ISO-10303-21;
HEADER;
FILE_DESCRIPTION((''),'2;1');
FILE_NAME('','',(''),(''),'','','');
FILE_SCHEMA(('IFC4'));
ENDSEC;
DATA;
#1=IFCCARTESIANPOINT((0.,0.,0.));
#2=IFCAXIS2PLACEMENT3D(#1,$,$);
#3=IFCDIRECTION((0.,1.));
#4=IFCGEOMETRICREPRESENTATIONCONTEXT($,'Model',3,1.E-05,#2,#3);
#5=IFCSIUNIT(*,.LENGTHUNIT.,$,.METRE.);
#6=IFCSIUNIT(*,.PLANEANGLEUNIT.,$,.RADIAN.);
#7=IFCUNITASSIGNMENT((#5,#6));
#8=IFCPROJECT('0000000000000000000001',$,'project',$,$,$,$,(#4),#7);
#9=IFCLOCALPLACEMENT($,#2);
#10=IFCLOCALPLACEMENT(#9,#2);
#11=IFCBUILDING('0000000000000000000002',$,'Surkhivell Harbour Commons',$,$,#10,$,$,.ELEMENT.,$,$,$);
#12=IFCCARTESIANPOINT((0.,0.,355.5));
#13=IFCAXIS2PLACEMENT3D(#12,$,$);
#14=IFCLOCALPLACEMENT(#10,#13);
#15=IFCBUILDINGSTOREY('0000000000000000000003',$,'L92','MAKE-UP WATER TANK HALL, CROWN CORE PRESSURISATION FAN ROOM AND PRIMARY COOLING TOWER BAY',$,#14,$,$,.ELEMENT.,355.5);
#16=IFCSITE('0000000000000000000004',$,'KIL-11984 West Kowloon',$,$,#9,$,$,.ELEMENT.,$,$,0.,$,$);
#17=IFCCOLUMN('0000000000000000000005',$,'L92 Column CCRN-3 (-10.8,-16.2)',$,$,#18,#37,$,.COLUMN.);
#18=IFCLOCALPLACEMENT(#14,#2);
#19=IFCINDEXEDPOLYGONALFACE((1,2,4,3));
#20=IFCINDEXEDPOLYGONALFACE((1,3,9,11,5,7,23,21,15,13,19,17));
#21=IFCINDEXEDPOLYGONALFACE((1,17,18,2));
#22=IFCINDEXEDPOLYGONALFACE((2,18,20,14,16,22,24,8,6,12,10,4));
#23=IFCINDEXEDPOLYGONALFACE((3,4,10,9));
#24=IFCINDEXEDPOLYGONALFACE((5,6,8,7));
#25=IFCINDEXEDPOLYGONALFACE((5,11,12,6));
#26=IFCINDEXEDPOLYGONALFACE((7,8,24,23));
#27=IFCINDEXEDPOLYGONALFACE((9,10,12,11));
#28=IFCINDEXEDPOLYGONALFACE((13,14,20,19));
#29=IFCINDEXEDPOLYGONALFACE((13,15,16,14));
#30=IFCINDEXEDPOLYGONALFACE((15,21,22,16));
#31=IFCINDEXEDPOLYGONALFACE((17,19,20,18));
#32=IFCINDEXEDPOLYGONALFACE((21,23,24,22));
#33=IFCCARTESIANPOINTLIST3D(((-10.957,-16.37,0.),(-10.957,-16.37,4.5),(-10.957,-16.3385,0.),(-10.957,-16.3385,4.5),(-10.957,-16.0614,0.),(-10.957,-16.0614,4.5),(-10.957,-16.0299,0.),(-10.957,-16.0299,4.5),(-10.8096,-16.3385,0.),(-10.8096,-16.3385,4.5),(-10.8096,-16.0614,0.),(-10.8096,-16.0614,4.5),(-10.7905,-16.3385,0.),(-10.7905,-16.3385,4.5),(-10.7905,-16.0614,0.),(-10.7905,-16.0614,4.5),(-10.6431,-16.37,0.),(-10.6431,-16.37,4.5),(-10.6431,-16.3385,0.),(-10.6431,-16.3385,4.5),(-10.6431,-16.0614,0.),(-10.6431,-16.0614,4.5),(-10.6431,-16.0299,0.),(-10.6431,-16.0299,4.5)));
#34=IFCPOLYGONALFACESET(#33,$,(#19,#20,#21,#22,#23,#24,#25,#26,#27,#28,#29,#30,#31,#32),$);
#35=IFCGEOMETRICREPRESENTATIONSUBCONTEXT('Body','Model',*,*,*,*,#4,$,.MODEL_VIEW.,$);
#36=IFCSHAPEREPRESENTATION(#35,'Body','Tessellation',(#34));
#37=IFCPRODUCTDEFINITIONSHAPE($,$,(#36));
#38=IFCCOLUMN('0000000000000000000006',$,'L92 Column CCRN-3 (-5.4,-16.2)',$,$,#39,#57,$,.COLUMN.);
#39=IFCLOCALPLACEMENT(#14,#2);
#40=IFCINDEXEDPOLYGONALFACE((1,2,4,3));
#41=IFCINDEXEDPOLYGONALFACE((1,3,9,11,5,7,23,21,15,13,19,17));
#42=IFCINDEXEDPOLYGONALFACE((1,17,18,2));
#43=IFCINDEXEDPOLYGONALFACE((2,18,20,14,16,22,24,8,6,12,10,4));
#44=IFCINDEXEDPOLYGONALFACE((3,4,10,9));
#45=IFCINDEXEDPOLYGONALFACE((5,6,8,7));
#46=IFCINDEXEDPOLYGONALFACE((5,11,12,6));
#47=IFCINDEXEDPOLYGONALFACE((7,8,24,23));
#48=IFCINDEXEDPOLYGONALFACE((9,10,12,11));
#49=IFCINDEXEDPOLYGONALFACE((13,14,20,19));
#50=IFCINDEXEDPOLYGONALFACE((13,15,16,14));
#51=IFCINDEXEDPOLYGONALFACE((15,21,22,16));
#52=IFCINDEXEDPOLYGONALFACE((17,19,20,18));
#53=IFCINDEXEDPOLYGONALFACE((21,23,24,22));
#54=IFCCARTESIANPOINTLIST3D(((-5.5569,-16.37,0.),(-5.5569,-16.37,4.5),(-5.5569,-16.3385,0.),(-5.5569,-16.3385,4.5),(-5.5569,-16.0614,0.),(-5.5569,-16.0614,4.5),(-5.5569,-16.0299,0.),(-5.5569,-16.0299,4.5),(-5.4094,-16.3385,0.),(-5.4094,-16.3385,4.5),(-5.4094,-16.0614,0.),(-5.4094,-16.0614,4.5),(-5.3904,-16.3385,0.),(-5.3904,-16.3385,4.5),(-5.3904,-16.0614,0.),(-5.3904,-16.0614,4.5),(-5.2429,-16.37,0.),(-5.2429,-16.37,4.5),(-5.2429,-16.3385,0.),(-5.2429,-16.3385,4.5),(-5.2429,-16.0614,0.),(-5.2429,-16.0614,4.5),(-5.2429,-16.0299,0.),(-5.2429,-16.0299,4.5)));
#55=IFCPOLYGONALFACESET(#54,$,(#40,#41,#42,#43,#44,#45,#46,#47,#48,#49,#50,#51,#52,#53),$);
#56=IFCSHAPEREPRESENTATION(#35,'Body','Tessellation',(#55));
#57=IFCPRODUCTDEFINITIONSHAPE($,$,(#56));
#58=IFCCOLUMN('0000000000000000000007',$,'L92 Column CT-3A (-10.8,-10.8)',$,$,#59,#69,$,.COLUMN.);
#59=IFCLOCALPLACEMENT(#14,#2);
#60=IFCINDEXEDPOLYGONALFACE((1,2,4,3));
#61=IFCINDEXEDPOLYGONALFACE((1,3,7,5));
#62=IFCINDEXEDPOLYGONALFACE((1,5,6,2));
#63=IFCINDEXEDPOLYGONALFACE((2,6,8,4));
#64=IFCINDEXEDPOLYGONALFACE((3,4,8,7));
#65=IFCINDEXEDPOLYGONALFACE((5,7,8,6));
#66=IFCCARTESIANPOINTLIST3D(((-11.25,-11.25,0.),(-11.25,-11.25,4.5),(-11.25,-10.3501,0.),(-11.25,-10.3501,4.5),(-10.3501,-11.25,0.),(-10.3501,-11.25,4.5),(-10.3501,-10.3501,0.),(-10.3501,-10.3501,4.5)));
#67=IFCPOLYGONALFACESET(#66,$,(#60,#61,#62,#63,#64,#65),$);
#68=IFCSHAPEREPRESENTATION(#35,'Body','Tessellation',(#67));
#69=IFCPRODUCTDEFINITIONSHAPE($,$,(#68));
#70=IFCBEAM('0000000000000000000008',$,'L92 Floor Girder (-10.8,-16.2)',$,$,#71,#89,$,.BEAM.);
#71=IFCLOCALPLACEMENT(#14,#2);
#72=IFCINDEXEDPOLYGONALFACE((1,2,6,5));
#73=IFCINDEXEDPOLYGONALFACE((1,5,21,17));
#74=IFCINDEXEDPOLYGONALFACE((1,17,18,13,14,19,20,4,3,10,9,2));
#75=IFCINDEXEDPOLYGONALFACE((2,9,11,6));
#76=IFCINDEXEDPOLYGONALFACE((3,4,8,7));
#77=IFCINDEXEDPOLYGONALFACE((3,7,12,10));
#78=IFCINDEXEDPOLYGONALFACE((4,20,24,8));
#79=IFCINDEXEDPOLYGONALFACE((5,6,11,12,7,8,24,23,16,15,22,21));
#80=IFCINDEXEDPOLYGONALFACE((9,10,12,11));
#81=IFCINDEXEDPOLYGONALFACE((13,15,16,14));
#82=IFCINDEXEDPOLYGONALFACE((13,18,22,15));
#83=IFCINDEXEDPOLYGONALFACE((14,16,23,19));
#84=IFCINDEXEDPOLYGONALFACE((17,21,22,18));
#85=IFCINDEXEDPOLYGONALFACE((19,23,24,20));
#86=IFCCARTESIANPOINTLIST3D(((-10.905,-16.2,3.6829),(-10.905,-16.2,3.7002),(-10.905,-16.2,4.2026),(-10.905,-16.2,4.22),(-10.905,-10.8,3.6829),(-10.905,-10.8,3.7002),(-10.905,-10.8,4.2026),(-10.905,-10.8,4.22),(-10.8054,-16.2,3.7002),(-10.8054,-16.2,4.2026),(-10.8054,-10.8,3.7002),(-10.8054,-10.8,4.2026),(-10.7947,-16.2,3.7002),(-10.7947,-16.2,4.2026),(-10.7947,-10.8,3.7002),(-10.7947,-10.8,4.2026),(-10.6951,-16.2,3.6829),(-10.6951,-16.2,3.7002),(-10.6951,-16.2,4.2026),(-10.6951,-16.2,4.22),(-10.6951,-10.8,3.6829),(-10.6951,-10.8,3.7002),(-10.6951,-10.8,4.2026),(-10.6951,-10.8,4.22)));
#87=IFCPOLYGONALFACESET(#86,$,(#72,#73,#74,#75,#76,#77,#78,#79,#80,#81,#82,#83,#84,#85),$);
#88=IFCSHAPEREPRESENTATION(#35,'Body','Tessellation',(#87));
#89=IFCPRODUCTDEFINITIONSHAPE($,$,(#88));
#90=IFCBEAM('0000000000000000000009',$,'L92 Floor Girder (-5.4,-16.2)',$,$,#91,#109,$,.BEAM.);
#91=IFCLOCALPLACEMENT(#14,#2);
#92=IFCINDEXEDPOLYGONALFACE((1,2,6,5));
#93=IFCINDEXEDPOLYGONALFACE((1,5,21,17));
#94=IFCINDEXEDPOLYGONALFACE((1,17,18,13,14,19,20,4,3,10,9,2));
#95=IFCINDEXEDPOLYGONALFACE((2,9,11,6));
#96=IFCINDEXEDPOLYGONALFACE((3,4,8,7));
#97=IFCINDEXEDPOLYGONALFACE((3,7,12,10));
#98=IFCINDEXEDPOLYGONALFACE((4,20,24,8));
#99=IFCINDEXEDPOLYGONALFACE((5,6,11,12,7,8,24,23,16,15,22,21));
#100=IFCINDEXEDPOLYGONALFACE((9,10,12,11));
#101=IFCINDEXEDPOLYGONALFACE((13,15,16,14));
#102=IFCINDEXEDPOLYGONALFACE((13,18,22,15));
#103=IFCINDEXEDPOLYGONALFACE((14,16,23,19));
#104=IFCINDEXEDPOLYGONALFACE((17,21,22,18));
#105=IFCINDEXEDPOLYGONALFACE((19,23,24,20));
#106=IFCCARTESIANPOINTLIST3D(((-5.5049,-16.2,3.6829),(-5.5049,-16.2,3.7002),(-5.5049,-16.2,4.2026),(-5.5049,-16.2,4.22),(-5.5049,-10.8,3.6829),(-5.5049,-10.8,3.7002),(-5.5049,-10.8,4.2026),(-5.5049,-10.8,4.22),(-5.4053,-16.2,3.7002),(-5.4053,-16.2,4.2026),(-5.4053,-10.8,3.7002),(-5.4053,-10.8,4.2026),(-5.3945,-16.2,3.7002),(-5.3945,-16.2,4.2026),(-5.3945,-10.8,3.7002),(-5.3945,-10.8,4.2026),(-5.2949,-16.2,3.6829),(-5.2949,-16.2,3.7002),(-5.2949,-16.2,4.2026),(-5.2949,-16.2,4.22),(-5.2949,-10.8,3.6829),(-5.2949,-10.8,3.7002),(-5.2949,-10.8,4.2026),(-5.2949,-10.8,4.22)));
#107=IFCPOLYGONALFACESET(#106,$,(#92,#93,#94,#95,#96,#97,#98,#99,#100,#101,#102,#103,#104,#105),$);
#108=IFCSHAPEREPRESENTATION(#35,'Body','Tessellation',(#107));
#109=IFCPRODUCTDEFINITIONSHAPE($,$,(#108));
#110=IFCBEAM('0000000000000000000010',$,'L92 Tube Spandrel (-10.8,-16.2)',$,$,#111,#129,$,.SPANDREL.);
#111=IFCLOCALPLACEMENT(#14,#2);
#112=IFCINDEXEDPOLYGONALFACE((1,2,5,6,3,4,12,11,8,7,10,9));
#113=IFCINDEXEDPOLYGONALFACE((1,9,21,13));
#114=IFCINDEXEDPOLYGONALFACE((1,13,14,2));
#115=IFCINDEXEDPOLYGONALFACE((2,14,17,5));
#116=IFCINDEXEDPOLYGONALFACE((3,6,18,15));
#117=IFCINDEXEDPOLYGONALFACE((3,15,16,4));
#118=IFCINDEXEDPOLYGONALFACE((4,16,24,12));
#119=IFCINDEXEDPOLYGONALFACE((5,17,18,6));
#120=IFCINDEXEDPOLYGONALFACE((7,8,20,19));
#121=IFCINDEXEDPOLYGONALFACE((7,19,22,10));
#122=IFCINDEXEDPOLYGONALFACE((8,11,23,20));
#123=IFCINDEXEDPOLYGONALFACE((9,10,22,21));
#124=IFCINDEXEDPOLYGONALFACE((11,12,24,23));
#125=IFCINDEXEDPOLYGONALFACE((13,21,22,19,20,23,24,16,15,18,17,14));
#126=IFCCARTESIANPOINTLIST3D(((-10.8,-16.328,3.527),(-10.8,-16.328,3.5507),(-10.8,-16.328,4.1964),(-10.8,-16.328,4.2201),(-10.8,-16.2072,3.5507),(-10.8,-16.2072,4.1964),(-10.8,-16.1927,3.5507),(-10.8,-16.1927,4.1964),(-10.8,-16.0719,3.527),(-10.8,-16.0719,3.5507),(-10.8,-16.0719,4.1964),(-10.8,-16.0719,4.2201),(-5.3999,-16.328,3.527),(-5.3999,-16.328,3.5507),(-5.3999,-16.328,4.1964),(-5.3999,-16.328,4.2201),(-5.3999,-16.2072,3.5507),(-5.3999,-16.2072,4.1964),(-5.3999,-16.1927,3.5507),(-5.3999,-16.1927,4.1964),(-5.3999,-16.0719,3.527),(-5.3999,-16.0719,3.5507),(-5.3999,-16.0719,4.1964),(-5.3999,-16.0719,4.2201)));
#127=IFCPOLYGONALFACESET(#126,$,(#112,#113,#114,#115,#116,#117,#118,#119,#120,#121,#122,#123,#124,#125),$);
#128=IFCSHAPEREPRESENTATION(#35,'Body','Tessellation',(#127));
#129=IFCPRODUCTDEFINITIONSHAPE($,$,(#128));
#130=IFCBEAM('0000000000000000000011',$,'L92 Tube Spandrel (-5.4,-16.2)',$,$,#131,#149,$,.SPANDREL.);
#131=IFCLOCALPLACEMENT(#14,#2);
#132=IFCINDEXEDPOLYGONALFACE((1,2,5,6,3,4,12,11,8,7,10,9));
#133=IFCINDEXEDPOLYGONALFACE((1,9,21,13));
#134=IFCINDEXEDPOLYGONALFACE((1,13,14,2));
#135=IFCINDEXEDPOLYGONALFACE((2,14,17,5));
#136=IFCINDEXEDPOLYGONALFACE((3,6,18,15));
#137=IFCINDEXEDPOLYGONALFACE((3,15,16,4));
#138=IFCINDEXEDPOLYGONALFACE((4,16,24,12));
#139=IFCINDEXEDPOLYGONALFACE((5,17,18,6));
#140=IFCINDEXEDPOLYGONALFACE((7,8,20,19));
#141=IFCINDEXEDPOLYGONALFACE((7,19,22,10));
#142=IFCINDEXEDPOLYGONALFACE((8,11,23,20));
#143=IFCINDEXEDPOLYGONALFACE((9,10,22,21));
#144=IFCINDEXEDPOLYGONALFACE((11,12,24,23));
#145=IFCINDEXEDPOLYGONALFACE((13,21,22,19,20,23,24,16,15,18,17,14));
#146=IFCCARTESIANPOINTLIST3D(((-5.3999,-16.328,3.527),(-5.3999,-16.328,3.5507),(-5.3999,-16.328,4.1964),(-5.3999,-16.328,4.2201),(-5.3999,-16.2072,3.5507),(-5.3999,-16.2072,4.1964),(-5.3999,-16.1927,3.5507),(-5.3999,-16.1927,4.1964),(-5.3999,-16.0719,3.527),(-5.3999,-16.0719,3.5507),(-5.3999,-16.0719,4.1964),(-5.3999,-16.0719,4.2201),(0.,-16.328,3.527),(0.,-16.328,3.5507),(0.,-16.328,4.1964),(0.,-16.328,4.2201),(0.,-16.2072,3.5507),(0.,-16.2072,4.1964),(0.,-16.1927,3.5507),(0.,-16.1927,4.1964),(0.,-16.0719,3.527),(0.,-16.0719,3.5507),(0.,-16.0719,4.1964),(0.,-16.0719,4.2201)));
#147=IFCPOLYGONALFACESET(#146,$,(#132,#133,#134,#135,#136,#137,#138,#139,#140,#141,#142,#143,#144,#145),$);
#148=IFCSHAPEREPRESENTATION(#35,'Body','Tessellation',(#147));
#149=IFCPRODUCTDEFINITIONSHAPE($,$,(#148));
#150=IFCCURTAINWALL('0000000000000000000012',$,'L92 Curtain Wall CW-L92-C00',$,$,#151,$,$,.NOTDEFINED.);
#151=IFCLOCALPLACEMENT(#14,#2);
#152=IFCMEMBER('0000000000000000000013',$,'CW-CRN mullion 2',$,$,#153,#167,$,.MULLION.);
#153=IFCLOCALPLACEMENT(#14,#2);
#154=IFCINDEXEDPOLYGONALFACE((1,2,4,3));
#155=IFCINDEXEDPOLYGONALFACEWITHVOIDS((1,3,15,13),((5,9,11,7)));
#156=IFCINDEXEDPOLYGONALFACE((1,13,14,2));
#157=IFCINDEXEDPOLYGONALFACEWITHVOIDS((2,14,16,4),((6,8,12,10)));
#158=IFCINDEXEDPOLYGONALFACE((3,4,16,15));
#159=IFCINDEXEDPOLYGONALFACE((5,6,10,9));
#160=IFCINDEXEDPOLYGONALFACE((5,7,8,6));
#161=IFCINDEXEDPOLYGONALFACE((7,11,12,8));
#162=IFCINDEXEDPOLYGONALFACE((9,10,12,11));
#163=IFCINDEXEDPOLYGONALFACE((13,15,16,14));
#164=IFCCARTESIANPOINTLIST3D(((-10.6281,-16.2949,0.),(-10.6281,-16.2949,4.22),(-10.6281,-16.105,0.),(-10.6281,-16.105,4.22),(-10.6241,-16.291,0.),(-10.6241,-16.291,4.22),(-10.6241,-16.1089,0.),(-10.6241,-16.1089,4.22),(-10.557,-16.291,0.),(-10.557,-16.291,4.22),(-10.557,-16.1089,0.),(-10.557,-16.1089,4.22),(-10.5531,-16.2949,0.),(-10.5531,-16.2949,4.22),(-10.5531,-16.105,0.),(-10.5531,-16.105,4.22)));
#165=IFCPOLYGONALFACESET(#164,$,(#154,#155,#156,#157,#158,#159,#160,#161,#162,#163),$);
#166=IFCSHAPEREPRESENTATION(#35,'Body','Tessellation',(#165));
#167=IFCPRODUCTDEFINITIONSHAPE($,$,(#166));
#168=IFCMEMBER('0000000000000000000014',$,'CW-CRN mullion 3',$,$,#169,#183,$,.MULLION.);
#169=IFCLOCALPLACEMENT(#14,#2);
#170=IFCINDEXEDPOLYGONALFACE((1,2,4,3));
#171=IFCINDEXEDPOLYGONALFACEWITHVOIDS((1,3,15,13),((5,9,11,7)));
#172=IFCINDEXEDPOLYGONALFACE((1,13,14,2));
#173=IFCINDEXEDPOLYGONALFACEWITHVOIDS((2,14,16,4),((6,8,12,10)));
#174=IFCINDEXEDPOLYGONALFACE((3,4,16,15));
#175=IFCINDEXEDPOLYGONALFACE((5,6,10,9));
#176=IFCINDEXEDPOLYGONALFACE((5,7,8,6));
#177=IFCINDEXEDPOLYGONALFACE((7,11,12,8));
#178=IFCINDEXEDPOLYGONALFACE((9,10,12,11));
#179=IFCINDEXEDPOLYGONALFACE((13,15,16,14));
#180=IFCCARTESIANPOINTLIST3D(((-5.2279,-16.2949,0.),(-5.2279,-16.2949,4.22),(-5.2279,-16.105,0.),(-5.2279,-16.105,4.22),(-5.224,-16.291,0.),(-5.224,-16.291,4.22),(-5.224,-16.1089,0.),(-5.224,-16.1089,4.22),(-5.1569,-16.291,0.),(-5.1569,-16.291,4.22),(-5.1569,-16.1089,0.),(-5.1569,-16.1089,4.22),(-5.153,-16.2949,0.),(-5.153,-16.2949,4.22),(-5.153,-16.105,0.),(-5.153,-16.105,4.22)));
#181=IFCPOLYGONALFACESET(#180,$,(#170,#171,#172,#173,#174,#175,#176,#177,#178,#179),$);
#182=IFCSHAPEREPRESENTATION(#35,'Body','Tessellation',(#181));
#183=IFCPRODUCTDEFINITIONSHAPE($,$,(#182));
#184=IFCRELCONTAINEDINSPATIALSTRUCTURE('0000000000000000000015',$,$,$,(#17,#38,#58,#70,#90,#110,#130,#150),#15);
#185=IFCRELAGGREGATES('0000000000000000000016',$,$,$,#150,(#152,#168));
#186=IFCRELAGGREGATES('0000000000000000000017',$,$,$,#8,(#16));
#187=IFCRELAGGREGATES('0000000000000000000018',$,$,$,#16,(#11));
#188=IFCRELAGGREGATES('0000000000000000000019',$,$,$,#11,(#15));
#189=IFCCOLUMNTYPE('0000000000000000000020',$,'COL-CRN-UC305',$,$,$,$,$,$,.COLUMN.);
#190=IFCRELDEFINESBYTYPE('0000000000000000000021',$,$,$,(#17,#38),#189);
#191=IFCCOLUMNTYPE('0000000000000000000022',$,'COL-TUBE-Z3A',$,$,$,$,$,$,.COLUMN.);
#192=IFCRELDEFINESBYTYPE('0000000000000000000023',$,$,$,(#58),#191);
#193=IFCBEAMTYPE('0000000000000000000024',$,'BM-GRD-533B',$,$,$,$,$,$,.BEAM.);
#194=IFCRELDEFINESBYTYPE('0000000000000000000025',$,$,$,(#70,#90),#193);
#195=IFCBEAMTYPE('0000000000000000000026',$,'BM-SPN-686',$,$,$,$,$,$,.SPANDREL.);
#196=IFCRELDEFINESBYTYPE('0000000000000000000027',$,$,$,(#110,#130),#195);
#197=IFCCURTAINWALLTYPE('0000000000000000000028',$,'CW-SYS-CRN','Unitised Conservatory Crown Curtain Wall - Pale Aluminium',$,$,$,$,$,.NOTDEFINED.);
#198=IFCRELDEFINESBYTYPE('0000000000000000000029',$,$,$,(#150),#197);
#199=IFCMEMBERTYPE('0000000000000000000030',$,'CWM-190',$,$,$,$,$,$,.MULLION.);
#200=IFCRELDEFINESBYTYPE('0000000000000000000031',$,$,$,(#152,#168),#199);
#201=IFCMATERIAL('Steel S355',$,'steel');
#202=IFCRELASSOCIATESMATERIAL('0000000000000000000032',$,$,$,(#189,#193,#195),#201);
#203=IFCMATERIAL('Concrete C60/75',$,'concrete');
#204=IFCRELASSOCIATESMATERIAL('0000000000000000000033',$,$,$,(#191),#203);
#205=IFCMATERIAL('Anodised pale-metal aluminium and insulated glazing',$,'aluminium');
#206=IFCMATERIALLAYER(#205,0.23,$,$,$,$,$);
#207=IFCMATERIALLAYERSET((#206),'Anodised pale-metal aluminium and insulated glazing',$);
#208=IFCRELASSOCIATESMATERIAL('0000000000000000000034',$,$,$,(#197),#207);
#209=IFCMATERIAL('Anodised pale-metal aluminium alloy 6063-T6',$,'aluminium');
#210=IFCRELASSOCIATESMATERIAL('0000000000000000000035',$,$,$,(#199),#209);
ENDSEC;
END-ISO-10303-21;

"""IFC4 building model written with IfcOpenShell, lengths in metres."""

from ifc_helpers import new_model, si_unit, direction, frame, origin, origin_2d, place, context, subcontext, project, spatial, rectangle, hollow_rectangle, i_section, extrude, material, layer, layer_set, material_profile, profile_set, type_object, element, aggregate, save


model = new_model("IFC4")

# Units and contexts
model_context = context("Model", 3, precision=1e-05, world=origin(), true_north=direction((0.0, 1.0)))
body_context = subcontext(model_context, "Body", "Model", "MODEL_VIEW")
ifc_project = project(units=[si_unit("LENGTHUNIT", "METRE"), si_unit("PLANEANGLEUNIT", "RADIAN")], contexts=[model_context])

# Site, building, storey
site_placement = place(None, origin())
site = spatial("IfcSite", under=ifc_project, at=site_placement, Name="KIL-11984 West Kowloon", CompositionType="ELEMENT", RefElevation=0.0)
building_placement = place(site_placement, origin())
building = spatial("IfcBuilding", under=site, at=building_placement, Name="Surkhivell Harbour Commons", CompositionType="ELEMENT")
storey_placement = place(building_placement, frame((0.0, 0.0, 355.5)))
storey = spatial("IfcBuildingStorey", under=building, at=storey_placement, Name="L92", Description="MAKE-UP WATER TANK HALL, CROWN CORE PRESSURISATION FAN ROOM AND PRIMARY COOLING TOWER BAY", CompositionType="ELEMENT", Elevation=355.5)

# Columns
ifc_material_1 = material(Name="Steel S355", Category="steel")
ifc_material_profile_1 = material_profile(ifc_material_1, i_section(OverallWidth=0.314, OverallDepth=0.3401, WebThickness=0.019, FlangeThickness=0.0315, at=origin_2d()), Name="UC305x305x198")
ifc_profile_set_1 = profile_set([ifc_material_profile_1], Name="Steel S355")
column_type_1 = type_object("IfcColumnType", Name="COL-CRN-UC305", PredefinedType="COLUMN", material=ifc_profile_set_1)
for number, where, z_axis, x_axis, name in (
    (1, (-10.8, -16.2, 0.0), (0.0, 0.0, 1.0), (1.0, 0.0, 0.0), "L92 Column CCRN-3 (-10.8,-16.2)"),
    (2, (-5.3999, -16.2, 0.0), (0.0, 0.0, 1.0), (1.0, 0.0, 0.0), "L92 Column CCRN-3 (-5.4,-16.2)"),
):
    element("IfcColumn", number, at=place(storey_placement, frame(where, z_axis=z_axis, x_axis=x_axis)), inside=storey, type_object=column_type_1, Name=name, PredefinedType="COLUMN", context=body_context, shape_type="SweptSolid", body=[
        extrude(i_section(OverallWidth=0.314, OverallDepth=0.3401, WebThickness=0.019, FlangeThickness=0.0315, at=origin_2d()), origin(), (0.0, 0.0, 1.0), 4.5),
    ])
ifc_material_2 = material(Name="Concrete C60/75", Category="concrete")
ifc_material_profile_2 = material_profile(ifc_material_2, rectangle(XDim=0.8999, YDim=0.8999, at=origin_2d()), Name="RC-COL-900x900")
ifc_profile_set_2 = profile_set([ifc_material_profile_2], Name="Concrete C60/75")
column_type_2 = type_object("IfcColumnType", Name="COL-TUBE-Z3A", PredefinedType="COLUMN", material=ifc_profile_set_2)
column_placement = place(storey_placement, frame((-10.8, -10.8, 0.0), z_axis=(0.0, 0.0, 1.0), x_axis=(1.0, 0.0, 0.0)))
element("IfcColumn", 3, at=column_placement, inside=storey, type_object=column_type_2, Name="L92 Column CT-3A (-10.8,-10.8)", PredefinedType="COLUMN", context=body_context, shape_type="SweptSolid", body=[
    extrude(rectangle(XDim=0.8999, YDim=0.8999, at=origin_2d()), origin(), (0.0, 0.0, 1.0), 4.5),
])

# Beams
ifc_material_profile_3 = material_profile(ifc_material_1, i_section(OverallWidth=0.21, OverallDepth=0.5371, WebThickness=0.0107, FlangeThickness=0.0173, at=origin_2d()), Name="UB533x210x101")
ifc_profile_set_3 = profile_set([ifc_material_profile_3], Name="Steel S355")
beam_type_1 = type_object("IfcBeamType", Name="BM-GRD-533B", PredefinedType="BEAM", material=ifc_profile_set_3)
for number, where, z_axis, x_axis, name in (
    (4, (-10.8, -16.2, 3.9514), (0.0, 1.0, 0.0), (-1.0, 0.0, 0.0), "L92 Floor Girder (-10.8,-16.2)"),
    (5, (-5.3999, -16.2, 3.9514), (0.0, 1.0, 0.0), (-1.0, 0.0, 0.0), "L92 Floor Girder (-5.4,-16.2)"),
):
    element("IfcBeam", number, at=place(storey_placement, frame(where, z_axis=z_axis, x_axis=x_axis)), inside=storey, type_object=beam_type_1, Name=name, PredefinedType="BEAM", context=body_context, shape_type="SweptSolid", body=[
        extrude(i_section(OverallWidth=0.21, OverallDepth=0.5371, WebThickness=0.0107, FlangeThickness=0.0173, at=origin_2d()), origin(), (0.0, 0.0, 1.0), 5.3999),
    ])
ifc_material_profile_4 = material_profile(ifc_material_1, i_section(OverallWidth=0.2561, OverallDepth=0.6931, WebThickness=0.0144, FlangeThickness=0.0237, at=origin_2d()), Name="UB686x254x170")
ifc_profile_set_4 = profile_set([ifc_material_profile_4], Name="Steel S355")
beam_type_2 = type_object("IfcBeamType", Name="BM-SPN-686", PredefinedType="SPANDREL", material=ifc_profile_set_4)
beam_1_placement = place(storey_placement, frame((-10.8, -16.2, 3.8735), z_axis=(1.0, 0.0, 0.0), x_axis=(0.0, 1.0, 0.0)))
element("IfcBeam", 6, at=beam_1_placement, inside=storey, type_object=beam_type_2, Name="L92 Tube Spandrel (-10.8,-16.2)", PredefinedType="SPANDREL", context=body_context, shape_type="SweptSolid", body=[
    extrude(i_section(OverallWidth=0.2561, OverallDepth=0.6931, WebThickness=0.0144, FlangeThickness=0.0237, at=origin_2d()), origin(), (0.0, 0.0, 1.0), 5.4001),
])
beam_2_placement = place(storey_placement, frame((-5.3999, -16.2, 3.8735), z_axis=(1.0, 0.0, 0.0), x_axis=(0.0, 1.0, 0.0)))
element("IfcBeam", 7, at=beam_2_placement, inside=storey, type_object=beam_type_2, Name="L92 Tube Spandrel (-5.4,-16.2)", PredefinedType="SPANDREL", context=body_context, shape_type="SweptSolid", body=[
    extrude(i_section(OverallWidth=0.2561, OverallDepth=0.6931, WebThickness=0.0144, FlangeThickness=0.0237, at=origin_2d()), origin(), (0.0, 0.0, 1.0), 5.3999),
])

# Curtain wall, members
ifc_material_3 = material(Name="Anodised pale-metal aluminium and insulated glazing", Category="aluminium")
ifc_layer_1 = layer(ifc_material_3, 0.23)
ifc_layer_set_1 = layer_set([ifc_layer_1], Name="Anodised pale-metal aluminium and insulated glazing")
curtain_wall_type = type_object("IfcCurtainWallType", Name="CW-SYS-CRN", Description="Unitised Conservatory Crown Curtain Wall - Pale Aluminium", PredefinedType="NOTDEFINED", material=ifc_layer_set_1)
curtain_wall_placement = place(storey_placement, origin())
curtain_wall = element("IfcCurtainWall", 8, at=curtain_wall_placement, inside=storey, type_object=curtain_wall_type, Name="L92 Curtain Wall CW-L92-C00", PredefinedType="NOTDEFINED")
ifc_material_4 = material(Name="Anodised pale-metal aluminium alloy 6063-T6", Category="aluminium")
ifc_material_profile_5 = material_profile(ifc_material_4, hollow_rectangle(XDim=0.075, YDim=0.1899, WallThickness=0.0039, at=origin_2d()), Name="ALU-MULL-75x190")
ifc_profile_set_5 = profile_set([ifc_material_profile_5], Name="Anodised pale-metal aluminium alloy 6063-T6")
member_type_1 = type_object("IfcMemberType", Name="CWM-190", PredefinedType="MULLION", material=ifc_profile_set_5)
member_1_placement = place(storey_placement, frame((-10.5906, -16.2, 0.0), z_axis=(0.0, 0.0, 1.0), x_axis=(1.0, 0.0, 0.0)))
member_1 = element("IfcMember", 9, at=member_1_placement, type_object=member_type_1, Name="CW-CRN mullion 2", PredefinedType="MULLION", context=body_context, shape_type="SweptSolid", body=[
    extrude(hollow_rectangle(XDim=0.075, YDim=0.1899, WallThickness=0.0039, at=origin_2d()), origin(), (0.0, 0.0, 1.0), 4.22),
])
member_2_placement = place(storey_placement, frame((-5.1904, -16.2, 0.0), z_axis=(0.0, 0.0, 1.0), x_axis=(1.0, 0.0, 0.0)))
member_2 = element("IfcMember", 10, at=member_2_placement, type_object=member_type_1, Name="CW-CRN mullion 3", PredefinedType="MULLION", context=body_context, shape_type="SweptSolid", body=[
    extrude(hollow_rectangle(XDim=0.075, YDim=0.1899, WallThickness=0.0039, at=origin_2d()), origin(), (0.0, 0.0, 1.0), 4.22),
])
aggregate(curtain_wall, [member_1, member_2])

save(model, "model.ifc")
